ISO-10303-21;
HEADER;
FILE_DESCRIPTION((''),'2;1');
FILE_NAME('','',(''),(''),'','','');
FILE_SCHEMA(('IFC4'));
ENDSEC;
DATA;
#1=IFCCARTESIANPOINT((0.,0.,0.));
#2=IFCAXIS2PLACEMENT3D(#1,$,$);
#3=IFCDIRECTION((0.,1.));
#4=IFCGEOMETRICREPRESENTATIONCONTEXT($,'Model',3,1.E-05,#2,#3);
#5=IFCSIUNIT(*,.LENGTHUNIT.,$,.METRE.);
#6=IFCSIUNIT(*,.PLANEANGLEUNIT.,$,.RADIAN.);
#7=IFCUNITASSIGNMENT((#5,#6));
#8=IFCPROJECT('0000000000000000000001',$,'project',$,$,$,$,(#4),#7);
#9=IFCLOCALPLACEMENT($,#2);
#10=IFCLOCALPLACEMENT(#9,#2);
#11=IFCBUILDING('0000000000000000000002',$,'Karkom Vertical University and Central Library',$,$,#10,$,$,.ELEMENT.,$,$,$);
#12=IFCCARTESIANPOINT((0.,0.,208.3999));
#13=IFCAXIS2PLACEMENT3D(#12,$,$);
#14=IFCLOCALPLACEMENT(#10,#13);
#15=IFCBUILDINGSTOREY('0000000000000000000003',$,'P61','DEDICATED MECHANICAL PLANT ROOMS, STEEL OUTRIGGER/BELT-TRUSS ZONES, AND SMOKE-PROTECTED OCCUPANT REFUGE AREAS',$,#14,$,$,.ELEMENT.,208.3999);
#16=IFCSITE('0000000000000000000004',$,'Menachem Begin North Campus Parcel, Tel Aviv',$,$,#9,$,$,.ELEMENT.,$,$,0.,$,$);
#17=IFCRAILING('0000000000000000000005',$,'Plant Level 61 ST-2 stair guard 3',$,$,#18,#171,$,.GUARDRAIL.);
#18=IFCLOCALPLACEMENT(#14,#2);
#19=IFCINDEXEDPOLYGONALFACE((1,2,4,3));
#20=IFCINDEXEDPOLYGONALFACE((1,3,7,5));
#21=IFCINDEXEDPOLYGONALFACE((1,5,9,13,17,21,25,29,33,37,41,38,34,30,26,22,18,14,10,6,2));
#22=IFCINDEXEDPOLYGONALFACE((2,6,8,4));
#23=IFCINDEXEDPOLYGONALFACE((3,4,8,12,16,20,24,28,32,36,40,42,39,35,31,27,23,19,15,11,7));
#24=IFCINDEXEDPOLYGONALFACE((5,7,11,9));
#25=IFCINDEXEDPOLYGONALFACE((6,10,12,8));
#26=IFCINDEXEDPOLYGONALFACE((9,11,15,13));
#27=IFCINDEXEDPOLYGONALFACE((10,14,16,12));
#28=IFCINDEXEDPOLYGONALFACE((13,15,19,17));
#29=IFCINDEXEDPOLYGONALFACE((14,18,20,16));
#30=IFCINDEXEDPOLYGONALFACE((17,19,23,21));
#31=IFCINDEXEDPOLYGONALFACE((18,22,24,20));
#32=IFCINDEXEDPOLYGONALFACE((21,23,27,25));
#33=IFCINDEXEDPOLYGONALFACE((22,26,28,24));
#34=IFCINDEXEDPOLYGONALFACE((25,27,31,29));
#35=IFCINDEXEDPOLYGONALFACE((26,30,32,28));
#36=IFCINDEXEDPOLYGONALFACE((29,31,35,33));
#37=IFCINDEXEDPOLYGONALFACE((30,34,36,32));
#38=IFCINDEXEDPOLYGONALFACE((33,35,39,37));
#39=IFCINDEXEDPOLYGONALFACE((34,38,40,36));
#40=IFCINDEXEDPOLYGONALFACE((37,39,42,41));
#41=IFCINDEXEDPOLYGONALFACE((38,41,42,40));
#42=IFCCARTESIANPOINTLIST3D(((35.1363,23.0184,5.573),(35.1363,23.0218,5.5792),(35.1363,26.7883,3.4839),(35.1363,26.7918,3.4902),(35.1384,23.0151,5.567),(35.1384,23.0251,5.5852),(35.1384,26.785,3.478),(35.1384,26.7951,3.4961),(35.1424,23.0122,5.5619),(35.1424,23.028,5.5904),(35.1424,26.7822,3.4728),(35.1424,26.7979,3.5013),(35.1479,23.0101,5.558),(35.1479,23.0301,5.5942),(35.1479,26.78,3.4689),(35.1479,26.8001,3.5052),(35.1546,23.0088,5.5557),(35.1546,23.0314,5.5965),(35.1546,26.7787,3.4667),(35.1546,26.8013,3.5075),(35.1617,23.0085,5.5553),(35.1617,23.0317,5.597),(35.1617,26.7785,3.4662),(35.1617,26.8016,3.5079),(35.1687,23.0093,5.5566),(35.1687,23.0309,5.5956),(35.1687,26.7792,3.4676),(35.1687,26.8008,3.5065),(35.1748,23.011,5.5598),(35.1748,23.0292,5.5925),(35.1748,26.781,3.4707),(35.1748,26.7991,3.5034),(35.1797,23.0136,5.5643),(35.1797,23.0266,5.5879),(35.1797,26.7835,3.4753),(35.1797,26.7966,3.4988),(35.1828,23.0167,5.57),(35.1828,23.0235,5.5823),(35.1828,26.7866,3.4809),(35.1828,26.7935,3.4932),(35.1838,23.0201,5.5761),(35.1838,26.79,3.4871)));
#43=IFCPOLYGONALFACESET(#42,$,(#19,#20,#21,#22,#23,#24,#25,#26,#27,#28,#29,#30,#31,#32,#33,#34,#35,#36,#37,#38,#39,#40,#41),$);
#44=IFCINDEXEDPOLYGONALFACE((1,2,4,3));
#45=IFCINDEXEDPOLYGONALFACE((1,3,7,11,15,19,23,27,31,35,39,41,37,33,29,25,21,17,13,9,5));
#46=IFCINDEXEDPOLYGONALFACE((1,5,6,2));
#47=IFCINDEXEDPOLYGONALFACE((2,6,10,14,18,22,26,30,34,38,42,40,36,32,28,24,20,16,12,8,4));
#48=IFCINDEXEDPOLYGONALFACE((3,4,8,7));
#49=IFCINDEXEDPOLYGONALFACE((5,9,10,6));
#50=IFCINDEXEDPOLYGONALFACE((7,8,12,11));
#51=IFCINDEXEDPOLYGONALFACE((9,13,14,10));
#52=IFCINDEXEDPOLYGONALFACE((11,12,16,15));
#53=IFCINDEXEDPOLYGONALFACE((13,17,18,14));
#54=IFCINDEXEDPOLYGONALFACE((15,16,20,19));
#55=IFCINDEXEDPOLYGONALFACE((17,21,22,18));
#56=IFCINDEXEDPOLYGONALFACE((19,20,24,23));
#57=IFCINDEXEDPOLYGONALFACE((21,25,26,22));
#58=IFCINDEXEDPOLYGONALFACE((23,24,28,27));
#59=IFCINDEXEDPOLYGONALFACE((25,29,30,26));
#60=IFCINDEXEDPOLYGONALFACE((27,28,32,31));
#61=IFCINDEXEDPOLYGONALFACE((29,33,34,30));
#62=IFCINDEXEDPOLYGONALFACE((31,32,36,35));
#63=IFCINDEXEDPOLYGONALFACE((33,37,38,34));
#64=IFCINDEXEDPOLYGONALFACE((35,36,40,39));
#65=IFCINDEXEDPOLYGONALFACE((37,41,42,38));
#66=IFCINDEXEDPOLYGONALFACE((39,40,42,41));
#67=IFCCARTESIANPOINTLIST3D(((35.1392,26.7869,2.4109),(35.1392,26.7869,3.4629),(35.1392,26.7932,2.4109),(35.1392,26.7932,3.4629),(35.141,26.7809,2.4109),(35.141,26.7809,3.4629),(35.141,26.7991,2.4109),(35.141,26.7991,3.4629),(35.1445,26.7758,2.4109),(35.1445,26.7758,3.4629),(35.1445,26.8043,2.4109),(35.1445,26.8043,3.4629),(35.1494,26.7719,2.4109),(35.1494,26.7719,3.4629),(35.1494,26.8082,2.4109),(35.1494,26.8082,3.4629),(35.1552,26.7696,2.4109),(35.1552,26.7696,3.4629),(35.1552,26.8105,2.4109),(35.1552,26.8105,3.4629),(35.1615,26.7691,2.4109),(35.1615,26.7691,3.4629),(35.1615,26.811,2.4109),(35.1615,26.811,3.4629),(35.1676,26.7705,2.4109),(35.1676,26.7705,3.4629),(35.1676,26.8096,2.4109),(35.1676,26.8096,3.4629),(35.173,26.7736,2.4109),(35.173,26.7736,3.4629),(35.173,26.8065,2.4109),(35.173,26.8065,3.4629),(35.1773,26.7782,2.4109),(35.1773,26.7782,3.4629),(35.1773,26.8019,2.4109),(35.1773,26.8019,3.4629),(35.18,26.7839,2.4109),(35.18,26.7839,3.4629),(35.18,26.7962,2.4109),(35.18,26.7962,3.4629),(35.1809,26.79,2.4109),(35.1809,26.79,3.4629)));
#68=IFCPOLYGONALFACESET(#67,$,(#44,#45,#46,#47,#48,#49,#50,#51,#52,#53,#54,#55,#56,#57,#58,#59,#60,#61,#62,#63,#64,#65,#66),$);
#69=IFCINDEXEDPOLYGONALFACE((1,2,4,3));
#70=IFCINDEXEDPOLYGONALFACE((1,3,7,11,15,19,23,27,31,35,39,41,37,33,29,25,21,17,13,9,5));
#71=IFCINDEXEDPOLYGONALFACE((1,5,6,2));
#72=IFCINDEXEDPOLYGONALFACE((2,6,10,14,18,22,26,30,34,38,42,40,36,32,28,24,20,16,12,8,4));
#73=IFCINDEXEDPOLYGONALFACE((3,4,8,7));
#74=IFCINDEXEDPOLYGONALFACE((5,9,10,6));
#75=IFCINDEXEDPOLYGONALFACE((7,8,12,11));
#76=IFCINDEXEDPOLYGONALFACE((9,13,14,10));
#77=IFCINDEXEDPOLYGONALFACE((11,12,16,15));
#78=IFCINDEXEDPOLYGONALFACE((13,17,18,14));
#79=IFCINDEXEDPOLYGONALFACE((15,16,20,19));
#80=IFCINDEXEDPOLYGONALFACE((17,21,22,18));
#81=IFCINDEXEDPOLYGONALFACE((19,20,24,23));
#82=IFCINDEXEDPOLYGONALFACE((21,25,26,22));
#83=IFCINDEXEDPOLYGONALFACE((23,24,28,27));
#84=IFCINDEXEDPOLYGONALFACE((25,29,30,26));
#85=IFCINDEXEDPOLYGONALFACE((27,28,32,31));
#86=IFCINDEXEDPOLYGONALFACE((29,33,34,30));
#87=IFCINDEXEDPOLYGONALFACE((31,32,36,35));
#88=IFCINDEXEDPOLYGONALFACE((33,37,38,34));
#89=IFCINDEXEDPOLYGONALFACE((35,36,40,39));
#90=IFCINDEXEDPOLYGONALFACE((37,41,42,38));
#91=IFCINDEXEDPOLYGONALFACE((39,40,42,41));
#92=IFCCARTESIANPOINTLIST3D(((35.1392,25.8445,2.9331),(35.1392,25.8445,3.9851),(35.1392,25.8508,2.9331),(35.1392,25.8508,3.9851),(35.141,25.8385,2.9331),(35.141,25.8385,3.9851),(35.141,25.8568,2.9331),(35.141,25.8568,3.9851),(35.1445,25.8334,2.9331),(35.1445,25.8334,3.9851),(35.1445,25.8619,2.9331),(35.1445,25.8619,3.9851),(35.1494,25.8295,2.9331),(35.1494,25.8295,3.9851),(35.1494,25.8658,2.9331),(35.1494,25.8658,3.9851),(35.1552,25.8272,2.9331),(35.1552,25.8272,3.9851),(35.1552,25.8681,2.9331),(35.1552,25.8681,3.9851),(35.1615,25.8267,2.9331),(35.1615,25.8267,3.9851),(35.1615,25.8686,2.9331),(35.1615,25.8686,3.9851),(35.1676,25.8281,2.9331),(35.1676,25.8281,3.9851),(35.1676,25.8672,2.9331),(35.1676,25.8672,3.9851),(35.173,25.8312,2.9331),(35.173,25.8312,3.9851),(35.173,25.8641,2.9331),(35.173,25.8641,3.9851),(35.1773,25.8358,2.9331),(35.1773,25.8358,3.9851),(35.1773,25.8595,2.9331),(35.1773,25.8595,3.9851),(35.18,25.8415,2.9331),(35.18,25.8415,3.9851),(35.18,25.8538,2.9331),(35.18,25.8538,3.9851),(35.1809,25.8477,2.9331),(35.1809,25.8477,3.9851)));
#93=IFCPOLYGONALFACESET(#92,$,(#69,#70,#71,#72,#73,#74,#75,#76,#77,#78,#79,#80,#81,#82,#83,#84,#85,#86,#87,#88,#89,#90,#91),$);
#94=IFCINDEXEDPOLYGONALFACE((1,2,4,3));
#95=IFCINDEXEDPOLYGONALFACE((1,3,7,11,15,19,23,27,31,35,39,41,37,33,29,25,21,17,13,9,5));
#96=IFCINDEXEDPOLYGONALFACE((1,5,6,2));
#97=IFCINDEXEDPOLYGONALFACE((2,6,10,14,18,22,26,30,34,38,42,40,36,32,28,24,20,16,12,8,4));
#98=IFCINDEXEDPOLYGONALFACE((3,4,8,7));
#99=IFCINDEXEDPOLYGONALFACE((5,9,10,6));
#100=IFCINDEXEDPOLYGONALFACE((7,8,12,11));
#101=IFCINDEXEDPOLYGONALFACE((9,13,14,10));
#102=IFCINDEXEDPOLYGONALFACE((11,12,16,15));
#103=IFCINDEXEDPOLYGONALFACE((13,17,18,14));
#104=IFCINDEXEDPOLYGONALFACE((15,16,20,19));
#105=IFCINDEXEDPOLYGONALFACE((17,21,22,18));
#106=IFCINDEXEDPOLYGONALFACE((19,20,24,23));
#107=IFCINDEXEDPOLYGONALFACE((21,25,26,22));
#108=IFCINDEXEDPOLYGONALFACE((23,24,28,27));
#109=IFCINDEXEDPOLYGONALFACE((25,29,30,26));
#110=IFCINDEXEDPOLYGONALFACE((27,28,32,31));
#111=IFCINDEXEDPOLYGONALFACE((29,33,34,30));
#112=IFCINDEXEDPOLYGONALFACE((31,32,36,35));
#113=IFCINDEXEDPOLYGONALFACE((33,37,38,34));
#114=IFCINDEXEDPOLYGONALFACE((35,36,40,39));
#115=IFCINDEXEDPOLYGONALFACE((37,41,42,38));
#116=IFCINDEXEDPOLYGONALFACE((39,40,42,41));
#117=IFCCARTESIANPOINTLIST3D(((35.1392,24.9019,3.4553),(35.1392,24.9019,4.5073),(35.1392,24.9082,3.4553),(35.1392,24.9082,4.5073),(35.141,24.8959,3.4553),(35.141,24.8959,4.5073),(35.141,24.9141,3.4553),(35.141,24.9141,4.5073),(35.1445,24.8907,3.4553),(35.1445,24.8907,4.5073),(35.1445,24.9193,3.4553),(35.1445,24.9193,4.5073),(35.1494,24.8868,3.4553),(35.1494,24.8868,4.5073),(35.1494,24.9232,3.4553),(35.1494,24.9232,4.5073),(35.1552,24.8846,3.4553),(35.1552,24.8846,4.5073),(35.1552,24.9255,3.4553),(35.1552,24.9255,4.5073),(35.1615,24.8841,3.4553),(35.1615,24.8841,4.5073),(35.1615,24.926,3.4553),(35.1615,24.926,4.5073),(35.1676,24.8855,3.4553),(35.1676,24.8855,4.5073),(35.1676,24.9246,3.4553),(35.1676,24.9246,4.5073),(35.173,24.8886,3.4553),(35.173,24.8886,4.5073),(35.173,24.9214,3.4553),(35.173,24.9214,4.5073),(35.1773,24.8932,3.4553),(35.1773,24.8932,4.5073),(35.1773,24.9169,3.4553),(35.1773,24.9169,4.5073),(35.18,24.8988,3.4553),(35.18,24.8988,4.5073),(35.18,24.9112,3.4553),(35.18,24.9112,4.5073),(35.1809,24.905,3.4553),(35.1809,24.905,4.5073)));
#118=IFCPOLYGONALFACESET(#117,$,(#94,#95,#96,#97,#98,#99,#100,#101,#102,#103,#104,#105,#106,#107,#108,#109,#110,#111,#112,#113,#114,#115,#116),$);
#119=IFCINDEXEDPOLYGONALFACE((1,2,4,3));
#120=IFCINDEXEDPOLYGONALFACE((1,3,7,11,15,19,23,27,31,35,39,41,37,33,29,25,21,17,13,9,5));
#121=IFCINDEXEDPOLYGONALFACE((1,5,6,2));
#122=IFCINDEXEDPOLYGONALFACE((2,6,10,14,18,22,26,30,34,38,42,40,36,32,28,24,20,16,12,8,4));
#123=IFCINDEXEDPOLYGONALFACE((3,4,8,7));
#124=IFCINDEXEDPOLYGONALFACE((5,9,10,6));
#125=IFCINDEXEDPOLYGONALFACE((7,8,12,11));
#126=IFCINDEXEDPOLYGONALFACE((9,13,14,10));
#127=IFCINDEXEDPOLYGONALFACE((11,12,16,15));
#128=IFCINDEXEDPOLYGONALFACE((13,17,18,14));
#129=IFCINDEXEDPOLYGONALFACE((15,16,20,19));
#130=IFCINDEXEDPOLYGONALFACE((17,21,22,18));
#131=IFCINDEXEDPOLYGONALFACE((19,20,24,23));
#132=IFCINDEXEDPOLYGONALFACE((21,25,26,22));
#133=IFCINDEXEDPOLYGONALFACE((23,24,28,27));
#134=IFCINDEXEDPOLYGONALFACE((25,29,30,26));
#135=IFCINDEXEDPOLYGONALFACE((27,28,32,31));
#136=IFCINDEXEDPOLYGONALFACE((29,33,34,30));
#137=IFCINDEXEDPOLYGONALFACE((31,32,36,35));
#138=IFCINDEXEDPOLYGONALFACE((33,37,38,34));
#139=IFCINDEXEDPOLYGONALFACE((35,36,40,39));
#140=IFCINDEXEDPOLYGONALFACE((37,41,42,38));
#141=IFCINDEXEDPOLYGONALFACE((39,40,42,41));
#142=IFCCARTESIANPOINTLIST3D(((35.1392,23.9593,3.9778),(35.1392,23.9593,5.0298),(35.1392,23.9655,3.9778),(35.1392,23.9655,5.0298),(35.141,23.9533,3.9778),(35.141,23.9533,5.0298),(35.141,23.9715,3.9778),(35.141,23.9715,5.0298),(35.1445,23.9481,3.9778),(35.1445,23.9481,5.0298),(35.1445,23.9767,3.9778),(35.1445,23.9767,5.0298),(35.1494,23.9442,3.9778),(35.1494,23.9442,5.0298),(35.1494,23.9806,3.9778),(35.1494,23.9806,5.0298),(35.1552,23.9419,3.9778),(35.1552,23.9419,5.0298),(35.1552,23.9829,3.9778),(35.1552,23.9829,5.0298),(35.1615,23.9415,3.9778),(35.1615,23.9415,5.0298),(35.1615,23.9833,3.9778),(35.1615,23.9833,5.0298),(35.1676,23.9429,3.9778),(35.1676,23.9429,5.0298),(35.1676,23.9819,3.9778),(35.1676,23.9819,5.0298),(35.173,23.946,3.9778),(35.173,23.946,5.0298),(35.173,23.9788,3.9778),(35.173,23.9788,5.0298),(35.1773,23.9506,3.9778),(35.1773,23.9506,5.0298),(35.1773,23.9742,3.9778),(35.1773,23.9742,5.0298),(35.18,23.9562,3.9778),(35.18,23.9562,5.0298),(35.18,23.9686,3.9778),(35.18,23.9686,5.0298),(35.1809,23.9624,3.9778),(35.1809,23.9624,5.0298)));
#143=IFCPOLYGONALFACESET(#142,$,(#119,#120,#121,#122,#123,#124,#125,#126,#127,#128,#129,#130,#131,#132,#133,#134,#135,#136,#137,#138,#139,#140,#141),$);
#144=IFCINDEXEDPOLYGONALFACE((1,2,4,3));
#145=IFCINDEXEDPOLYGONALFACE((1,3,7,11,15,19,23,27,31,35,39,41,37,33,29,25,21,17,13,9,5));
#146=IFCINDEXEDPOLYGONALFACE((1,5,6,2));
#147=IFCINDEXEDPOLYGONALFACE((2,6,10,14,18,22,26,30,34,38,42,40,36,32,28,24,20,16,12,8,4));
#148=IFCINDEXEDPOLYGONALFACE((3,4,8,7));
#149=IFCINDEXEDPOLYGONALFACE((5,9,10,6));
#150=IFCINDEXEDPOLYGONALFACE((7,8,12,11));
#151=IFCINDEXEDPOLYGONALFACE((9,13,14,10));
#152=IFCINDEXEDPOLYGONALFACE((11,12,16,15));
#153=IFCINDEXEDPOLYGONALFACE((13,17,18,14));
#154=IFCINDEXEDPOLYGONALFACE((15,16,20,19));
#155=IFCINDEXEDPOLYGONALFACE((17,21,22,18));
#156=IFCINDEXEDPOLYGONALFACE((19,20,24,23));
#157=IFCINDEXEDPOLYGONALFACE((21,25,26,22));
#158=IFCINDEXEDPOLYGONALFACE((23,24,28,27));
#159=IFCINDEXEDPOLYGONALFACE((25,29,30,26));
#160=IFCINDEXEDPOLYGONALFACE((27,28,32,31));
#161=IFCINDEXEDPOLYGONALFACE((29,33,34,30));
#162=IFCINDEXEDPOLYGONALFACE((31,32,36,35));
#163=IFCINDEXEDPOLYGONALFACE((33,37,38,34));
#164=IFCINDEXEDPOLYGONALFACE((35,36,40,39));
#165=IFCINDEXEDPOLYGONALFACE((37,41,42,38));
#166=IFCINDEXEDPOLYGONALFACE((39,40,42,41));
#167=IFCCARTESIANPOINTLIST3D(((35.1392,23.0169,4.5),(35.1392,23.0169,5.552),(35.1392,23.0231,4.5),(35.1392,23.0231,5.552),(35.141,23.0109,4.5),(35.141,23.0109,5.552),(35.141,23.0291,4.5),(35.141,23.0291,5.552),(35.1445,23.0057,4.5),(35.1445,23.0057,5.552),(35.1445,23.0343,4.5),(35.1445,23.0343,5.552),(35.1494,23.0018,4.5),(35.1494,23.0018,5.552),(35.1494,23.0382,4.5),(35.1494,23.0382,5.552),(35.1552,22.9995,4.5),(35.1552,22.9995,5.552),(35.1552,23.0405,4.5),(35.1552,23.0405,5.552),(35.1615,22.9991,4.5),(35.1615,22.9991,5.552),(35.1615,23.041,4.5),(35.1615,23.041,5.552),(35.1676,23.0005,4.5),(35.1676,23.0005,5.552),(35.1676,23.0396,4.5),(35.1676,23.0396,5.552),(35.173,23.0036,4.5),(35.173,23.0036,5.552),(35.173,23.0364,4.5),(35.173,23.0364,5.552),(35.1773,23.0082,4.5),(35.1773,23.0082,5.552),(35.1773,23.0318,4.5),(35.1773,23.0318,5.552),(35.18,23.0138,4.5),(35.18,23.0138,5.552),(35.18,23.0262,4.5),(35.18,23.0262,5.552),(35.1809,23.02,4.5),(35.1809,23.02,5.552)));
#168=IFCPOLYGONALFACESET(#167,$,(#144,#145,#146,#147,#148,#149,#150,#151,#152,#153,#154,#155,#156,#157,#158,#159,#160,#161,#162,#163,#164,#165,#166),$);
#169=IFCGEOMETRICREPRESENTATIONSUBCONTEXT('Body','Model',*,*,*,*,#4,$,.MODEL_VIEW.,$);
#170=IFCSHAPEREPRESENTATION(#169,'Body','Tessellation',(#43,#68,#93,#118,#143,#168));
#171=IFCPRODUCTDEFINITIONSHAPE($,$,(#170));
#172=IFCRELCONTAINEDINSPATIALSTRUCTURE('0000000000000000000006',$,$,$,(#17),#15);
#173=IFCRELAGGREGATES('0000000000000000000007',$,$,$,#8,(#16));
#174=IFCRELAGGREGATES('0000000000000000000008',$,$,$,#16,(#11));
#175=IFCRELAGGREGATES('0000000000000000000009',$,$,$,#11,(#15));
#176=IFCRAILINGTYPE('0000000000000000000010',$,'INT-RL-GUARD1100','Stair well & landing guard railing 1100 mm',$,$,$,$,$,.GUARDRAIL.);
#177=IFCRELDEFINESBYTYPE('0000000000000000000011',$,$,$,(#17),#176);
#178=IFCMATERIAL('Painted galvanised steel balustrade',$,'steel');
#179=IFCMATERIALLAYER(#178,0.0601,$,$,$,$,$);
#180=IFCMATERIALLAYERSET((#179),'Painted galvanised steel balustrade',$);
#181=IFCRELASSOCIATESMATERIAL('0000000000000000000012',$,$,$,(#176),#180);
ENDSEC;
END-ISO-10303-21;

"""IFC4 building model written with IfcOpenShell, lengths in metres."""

from ifc_helpers import new_model, si_unit, direction, frame, origin, origin_2d, place, context, subcontext, project, spatial, circle, extrude, material, layer, layer_set, type_object, element, save


model = new_model("IFC4")

# Units and contexts
model_context = context("Model", 3, precision=1e-05, world=origin(), true_north=direction((0.0, 1.0)))
body_context = subcontext(model_context, "Body", "Model", "MODEL_VIEW")
ifc_project = project(units=[si_unit("LENGTHUNIT", "METRE"), si_unit("PLANEANGLEUNIT", "RADIAN")], contexts=[model_context])

# Site, building, storey
site_placement = place(None, origin())
site = spatial("IfcSite", under=ifc_project, at=site_placement, Name="Menachem Begin North Campus Parcel, Tel Aviv", CompositionType="ELEMENT", RefElevation=0.0)
building_placement = place(site_placement, origin())
building = spatial("IfcBuilding", under=site, at=building_placement, Name="Karkom Vertical University and Central Library", CompositionType="ELEMENT")
storey_placement = place(building_placement, frame((0.0, 0.0, 208.3999)))
storey = spatial("IfcBuildingStorey", under=building, at=storey_placement, Name="P61", Description="DEDICATED MECHANICAL PLANT ROOMS, STEEL OUTRIGGER/BELT-TRUSS ZONES, AND SMOKE-PROTECTED OCCUPANT REFUGE AREAS", CompositionType="ELEMENT", Elevation=208.3999)

# Railing
ifc_material_1 = material(Name="Painted galvanised steel balustrade", Category="steel")
ifc_layer_1 = layer(ifc_material_1, 0.0601)
ifc_layer_set_1 = layer_set([ifc_layer_1], Name="Painted galvanised steel balustrade")
railing_type_1 = type_object("IfcRailingType", Name="INT-RL-GUARD1100", Description="Stair well & landing guard railing 1100 mm", PredefinedType="GUARDRAIL", material=ifc_layer_set_1)
railing_1_placement = place(storey_placement, frame((35.1599, 26.79, 2.4109)))
element("IfcRailing", 1, at=railing_1_placement, inside=storey, type_object=railing_type_1, Name="Plant Level 61 ST-2 stair guard 3", PredefinedType="GUARDRAIL", context=body_context, shape_type="SweptSolid", body=[
    extrude(circle(Radius=0.0239, at=origin_2d()), frame((0.0, 0.0, 1.0762), z_axis=(0.0, -0.874683, 0.484695), x_axis=(1.0, 0.0, 0.0)), (0.0, 0.0, 1.0), 4.3101),
    extrude(circle(Radius=0.021, at=origin_2d()), origin(), (0.0, 0.0, 1.0), 1.052),
    extrude(circle(Radius=0.021, at=origin_2d()), frame((0.0, -0.9424, 0.5222)), (0.0, 0.0, 1.0), 1.052),
    extrude(circle(Radius=0.021, at=origin_2d()), frame((0.0, -1.885, 1.0444)), (0.0, 0.0, 1.0), 1.052),
    extrude(circle(Radius=0.021, at=origin_2d()), frame((0.0, -2.8276, 1.5669)), (0.0, 0.0, 1.0), 1.052),
    extrude(circle(Radius=0.021, at=origin_2d()), frame((0.0, -3.77, 2.0891)), (0.0, 0.0, 1.0), 1.052),
])

save(model, "model.ifc")
